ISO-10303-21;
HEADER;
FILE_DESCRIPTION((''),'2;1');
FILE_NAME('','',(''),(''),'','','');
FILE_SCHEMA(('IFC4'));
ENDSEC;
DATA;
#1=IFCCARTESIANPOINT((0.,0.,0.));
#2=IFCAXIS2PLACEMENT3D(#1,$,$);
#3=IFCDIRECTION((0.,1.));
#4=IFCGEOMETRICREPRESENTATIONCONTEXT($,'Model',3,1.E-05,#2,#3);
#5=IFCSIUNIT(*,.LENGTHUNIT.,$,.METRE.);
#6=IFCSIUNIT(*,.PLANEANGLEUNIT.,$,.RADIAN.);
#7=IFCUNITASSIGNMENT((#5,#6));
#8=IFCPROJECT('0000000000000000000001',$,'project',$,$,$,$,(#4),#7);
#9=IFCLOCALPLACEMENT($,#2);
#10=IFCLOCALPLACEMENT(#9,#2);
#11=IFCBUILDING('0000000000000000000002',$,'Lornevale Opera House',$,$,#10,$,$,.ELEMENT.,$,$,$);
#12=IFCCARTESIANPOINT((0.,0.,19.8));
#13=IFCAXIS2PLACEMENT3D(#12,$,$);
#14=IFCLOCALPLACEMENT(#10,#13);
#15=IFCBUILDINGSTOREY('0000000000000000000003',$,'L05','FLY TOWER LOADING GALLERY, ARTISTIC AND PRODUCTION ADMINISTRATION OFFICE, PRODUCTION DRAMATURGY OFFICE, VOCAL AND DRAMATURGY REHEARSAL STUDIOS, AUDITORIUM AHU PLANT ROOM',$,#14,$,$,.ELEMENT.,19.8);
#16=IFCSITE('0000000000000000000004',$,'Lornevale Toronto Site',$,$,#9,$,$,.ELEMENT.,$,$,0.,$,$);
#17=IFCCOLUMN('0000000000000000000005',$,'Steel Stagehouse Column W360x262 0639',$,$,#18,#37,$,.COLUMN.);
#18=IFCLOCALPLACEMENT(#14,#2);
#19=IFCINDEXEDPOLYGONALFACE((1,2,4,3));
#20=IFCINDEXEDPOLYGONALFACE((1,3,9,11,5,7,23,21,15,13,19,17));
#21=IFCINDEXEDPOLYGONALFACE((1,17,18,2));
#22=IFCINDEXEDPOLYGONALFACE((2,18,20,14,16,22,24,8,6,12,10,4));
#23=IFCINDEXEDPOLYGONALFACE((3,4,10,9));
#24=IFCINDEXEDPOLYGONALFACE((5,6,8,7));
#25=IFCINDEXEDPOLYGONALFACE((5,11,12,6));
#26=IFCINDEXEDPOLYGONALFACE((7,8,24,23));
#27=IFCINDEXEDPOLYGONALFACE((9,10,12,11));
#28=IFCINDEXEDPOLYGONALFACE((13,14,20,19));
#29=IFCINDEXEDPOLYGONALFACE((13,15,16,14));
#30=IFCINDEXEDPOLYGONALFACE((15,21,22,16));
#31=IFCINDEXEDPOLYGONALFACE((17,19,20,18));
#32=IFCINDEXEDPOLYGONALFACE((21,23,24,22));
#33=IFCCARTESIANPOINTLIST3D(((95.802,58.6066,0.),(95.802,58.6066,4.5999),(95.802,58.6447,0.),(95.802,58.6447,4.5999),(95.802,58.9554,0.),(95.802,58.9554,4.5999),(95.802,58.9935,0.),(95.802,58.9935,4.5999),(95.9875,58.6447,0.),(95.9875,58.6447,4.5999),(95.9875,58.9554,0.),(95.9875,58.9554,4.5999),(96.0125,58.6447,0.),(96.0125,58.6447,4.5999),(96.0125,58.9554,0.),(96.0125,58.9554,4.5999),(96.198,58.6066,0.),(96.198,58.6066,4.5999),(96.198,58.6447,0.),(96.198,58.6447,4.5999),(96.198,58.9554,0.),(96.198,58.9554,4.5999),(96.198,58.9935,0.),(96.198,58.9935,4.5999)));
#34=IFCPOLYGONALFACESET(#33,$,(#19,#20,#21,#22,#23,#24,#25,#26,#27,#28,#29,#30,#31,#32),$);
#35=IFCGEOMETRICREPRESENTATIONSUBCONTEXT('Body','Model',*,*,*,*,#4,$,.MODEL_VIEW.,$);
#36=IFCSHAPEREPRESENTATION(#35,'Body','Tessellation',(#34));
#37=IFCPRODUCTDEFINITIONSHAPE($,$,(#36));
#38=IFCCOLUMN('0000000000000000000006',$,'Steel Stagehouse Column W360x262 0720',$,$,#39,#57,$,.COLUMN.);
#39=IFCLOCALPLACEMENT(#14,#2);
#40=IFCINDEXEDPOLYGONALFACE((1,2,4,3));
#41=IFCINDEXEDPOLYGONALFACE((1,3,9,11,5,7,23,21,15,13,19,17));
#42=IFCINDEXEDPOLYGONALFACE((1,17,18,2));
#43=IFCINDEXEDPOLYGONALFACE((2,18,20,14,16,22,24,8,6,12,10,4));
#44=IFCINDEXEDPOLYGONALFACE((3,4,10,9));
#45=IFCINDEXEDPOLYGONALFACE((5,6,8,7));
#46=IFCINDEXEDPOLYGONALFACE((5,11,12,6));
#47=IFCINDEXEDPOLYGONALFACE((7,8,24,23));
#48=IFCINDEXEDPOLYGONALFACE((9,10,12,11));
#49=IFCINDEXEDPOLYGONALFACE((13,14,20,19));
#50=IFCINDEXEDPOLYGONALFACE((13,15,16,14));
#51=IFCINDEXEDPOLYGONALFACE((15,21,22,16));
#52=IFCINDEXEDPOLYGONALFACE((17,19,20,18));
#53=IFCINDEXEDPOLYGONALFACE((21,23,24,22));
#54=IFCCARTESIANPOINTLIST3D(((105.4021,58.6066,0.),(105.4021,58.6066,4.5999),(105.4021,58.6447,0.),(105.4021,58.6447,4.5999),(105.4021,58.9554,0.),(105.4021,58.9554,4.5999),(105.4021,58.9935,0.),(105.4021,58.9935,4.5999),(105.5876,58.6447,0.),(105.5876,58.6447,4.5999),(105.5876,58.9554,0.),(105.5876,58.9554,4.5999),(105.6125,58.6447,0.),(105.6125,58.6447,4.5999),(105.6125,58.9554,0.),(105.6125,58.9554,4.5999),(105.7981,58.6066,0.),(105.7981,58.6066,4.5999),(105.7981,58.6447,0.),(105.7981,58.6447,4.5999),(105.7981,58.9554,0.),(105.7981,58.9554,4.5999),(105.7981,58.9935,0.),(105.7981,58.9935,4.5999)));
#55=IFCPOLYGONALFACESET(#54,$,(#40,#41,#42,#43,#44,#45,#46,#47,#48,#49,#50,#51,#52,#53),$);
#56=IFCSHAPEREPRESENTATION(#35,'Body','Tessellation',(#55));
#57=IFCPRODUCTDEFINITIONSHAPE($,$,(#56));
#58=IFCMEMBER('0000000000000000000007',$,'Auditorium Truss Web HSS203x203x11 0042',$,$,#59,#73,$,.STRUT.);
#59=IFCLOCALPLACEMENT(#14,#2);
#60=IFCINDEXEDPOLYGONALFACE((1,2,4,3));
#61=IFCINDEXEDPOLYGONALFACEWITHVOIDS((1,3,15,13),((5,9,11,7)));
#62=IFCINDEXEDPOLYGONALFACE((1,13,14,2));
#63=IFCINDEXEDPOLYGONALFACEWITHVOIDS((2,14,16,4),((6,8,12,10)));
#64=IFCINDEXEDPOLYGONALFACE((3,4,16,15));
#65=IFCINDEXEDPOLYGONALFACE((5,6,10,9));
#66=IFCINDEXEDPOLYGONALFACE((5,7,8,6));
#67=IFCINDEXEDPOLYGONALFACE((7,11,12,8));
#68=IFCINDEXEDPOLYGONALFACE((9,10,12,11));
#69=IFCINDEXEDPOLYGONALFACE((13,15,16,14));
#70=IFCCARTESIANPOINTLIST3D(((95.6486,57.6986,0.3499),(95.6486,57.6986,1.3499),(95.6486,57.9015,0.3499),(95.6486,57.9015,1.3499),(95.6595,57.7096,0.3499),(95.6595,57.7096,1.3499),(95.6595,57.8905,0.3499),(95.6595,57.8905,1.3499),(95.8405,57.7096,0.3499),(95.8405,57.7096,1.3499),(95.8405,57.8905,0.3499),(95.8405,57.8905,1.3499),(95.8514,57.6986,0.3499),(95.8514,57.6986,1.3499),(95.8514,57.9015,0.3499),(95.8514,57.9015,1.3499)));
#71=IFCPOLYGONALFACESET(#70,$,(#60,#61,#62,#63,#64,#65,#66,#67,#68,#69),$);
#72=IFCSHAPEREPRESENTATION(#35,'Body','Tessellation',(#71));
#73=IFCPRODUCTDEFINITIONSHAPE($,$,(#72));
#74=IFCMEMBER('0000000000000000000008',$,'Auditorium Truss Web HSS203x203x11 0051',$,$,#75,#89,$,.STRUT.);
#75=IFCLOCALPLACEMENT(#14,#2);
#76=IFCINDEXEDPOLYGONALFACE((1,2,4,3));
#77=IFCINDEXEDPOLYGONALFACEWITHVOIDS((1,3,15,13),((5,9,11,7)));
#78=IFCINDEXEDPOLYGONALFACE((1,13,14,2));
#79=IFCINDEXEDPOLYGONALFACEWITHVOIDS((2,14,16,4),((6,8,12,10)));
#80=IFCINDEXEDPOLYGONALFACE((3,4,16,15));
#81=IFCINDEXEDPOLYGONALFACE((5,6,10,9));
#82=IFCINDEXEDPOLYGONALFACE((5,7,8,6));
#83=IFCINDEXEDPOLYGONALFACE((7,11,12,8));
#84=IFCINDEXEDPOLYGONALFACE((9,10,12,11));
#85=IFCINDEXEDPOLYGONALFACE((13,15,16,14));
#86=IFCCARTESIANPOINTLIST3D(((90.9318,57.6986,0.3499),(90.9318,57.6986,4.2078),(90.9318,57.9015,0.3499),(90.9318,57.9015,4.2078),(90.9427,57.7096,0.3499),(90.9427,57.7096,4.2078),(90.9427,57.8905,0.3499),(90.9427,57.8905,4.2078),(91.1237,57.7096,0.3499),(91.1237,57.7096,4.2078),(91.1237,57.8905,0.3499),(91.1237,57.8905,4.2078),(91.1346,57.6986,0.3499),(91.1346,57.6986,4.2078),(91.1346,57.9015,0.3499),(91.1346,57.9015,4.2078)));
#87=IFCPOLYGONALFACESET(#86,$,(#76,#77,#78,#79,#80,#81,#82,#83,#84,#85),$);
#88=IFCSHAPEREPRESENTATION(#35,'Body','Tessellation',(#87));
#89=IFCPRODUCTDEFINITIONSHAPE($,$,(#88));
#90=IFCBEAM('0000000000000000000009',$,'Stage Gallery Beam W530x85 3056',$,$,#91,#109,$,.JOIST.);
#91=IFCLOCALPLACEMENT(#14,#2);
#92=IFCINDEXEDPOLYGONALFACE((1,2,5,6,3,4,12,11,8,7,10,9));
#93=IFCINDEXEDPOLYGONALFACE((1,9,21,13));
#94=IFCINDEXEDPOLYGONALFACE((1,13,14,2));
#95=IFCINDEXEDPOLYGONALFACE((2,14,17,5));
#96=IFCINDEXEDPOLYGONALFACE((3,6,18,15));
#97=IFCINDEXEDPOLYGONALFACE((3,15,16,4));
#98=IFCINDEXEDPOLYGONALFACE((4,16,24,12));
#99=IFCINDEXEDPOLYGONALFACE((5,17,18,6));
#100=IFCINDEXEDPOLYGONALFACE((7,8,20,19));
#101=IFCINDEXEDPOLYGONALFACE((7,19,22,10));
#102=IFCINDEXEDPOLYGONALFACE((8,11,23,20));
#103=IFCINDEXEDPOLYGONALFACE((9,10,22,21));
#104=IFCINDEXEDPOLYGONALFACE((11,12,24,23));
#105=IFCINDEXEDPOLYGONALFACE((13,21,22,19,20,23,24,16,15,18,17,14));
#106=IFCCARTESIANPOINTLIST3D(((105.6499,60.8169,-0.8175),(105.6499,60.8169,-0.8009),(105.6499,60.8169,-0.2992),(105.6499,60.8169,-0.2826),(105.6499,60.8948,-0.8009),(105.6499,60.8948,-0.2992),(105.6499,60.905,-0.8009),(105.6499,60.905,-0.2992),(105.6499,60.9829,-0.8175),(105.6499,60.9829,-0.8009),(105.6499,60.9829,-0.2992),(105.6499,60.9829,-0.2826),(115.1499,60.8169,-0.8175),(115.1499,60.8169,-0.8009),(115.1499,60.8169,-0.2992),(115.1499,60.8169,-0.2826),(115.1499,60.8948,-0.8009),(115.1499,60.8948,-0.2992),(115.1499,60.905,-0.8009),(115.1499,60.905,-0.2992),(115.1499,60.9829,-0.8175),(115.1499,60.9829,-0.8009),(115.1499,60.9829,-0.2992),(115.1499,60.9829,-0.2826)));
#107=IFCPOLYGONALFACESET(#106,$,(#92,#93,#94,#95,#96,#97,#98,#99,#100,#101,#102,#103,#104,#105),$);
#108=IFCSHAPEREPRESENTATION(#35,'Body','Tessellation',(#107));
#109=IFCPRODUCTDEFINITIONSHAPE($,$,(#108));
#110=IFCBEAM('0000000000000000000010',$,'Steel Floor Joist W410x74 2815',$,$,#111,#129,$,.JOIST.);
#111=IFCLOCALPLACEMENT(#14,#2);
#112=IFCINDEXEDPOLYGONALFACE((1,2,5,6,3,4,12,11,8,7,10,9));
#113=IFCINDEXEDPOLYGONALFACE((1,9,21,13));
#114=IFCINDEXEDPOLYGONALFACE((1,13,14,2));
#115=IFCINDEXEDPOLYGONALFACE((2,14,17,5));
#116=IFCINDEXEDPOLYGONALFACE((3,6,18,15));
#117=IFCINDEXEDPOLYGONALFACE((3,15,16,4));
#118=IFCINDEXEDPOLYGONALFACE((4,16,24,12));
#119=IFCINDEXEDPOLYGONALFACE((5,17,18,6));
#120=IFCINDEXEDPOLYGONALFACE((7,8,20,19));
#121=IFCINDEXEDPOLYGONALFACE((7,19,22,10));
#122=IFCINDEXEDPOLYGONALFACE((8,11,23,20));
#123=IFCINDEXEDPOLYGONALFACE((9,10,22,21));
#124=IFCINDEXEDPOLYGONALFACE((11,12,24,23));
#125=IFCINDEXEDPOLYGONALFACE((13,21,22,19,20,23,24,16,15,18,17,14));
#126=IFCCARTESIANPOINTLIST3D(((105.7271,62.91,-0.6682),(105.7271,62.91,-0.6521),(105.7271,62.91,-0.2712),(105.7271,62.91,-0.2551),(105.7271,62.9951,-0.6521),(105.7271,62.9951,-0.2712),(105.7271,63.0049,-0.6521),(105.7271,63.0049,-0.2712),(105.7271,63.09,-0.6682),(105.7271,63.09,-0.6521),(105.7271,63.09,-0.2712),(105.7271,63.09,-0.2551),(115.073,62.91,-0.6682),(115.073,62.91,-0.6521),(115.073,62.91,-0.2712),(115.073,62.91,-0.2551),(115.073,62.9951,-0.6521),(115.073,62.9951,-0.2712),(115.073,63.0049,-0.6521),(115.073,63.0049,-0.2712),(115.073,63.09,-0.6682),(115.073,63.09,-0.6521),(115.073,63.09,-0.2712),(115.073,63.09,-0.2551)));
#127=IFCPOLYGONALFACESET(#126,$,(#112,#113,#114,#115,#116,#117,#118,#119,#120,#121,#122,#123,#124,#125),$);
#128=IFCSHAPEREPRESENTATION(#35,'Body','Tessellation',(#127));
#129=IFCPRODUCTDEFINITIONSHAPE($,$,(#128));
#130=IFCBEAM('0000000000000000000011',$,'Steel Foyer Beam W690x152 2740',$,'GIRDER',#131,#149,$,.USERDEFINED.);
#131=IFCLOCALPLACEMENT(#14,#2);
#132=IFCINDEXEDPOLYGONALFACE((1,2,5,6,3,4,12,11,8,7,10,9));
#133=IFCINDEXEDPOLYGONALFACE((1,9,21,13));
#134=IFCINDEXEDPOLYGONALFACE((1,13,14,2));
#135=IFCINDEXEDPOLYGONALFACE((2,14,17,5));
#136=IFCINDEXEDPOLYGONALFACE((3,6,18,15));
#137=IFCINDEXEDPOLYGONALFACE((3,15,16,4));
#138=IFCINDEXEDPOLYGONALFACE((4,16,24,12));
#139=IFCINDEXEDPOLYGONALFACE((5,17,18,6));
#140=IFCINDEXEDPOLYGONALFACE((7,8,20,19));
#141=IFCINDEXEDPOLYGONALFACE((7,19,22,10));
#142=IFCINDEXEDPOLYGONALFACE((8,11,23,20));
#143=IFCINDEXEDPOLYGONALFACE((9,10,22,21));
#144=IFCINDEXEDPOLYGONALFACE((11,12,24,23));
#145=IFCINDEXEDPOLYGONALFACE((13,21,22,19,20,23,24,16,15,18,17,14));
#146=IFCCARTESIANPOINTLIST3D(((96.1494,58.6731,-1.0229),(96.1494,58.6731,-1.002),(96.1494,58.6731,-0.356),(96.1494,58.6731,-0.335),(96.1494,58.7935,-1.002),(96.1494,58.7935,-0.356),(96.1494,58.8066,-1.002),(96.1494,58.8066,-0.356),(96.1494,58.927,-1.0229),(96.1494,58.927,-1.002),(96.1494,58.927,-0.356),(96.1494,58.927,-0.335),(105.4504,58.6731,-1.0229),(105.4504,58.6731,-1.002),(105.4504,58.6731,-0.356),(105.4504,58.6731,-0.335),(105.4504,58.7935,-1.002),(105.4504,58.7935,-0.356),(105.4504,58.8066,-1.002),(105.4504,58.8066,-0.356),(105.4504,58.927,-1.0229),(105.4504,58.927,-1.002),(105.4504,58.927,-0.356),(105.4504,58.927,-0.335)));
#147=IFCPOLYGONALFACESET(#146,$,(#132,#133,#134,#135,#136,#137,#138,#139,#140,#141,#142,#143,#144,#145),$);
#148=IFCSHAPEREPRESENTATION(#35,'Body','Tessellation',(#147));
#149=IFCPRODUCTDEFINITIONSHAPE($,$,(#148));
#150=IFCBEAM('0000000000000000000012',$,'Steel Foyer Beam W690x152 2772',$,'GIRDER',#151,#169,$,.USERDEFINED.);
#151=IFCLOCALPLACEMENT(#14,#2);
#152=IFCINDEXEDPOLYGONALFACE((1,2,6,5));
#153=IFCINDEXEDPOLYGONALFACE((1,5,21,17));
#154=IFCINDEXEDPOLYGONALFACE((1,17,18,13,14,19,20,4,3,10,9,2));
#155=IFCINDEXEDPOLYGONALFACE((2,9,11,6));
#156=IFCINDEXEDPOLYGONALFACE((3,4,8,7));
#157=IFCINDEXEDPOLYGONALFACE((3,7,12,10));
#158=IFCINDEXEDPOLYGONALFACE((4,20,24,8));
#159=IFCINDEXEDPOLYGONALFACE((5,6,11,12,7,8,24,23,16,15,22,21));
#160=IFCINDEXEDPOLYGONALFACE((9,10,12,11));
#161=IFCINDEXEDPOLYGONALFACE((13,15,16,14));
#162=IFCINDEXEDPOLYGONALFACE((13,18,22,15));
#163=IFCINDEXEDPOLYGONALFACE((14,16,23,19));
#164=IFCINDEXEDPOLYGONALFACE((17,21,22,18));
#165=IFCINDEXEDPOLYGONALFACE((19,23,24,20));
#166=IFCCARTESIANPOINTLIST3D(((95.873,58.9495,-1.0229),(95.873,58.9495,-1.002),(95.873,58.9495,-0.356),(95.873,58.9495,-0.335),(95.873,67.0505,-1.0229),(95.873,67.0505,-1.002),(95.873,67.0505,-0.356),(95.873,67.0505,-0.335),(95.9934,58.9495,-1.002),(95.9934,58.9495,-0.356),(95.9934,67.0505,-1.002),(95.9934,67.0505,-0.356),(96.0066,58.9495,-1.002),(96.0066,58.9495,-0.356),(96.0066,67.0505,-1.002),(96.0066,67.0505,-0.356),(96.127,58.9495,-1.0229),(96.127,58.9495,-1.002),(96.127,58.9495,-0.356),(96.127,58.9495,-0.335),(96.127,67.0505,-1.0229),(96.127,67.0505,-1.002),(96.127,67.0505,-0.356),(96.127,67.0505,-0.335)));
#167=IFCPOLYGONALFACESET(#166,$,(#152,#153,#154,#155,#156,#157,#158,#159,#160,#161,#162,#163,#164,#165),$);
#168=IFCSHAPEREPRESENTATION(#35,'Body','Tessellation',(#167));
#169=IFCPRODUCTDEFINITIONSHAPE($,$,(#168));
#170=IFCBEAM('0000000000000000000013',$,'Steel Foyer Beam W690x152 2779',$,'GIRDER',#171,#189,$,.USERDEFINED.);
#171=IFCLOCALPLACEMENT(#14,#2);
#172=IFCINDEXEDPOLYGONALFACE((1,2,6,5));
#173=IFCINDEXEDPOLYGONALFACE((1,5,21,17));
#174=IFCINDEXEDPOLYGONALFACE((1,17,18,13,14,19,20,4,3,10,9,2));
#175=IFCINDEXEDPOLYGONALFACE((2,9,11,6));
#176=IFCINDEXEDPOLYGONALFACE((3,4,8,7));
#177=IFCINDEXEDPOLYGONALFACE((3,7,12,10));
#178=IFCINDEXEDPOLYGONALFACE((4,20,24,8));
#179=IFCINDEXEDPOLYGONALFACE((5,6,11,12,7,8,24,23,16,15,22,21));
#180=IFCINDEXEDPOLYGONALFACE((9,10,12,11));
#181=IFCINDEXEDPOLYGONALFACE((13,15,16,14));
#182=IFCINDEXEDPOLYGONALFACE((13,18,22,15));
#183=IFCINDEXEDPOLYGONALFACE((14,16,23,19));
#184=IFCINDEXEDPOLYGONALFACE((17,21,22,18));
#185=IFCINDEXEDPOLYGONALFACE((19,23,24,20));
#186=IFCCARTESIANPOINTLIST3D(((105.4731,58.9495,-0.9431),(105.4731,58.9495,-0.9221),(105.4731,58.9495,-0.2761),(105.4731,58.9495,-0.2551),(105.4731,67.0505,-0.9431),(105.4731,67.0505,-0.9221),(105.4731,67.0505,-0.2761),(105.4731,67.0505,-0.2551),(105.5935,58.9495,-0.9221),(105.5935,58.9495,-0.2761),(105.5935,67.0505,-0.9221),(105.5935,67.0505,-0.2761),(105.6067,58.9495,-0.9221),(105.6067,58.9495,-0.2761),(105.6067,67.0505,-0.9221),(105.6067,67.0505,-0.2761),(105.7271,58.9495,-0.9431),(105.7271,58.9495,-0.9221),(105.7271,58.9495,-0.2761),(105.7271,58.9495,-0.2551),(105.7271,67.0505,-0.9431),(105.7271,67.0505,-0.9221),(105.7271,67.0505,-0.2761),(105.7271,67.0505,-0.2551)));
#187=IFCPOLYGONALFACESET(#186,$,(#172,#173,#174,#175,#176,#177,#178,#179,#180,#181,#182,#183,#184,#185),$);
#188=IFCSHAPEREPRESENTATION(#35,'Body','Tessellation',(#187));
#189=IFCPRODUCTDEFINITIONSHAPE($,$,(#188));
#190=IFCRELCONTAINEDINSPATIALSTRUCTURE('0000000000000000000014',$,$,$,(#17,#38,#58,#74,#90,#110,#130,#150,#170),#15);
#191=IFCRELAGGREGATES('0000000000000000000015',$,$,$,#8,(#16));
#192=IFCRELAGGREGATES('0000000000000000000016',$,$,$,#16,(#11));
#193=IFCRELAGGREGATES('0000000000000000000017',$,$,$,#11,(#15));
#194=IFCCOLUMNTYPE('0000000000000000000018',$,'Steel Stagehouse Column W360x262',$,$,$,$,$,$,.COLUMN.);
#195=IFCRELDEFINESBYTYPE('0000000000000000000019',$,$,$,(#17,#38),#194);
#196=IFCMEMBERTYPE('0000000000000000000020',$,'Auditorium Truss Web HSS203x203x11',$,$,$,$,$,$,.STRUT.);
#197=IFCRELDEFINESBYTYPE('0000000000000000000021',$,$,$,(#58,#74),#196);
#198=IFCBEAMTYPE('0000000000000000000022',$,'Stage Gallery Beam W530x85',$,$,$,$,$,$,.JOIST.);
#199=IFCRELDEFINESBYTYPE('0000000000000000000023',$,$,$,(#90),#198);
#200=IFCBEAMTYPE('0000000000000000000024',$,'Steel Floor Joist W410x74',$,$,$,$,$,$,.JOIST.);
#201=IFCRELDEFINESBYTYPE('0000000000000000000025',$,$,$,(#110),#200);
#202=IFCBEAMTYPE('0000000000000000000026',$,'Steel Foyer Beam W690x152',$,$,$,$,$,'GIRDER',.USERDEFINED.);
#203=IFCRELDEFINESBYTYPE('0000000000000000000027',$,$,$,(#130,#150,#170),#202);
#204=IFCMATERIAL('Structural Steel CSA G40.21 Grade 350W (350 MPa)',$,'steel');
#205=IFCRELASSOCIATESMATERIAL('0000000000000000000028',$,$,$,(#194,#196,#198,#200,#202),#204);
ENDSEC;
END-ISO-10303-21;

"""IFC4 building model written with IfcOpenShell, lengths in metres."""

from ifc_helpers import new_model, si_unit, direction, frame, origin, origin_2d, place, context, subcontext, project, spatial, hollow_rectangle, i_section, extrude, material, material_profile, profile_set, type_object, element, save


model = new_model("IFC4")

# Units and contexts
model_context = context("Model", 3, precision=1e-05, world=origin(), true_north=direction((0.0, 1.0)))
body_context = subcontext(model_context, "Body", "Model", "MODEL_VIEW")
ifc_project = project(units=[si_unit("LENGTHUNIT", "METRE"), si_unit("PLANEANGLEUNIT", "RADIAN")], contexts=[model_context])

# Site, building, storey
site_placement = place(None, origin())
site = spatial("IfcSite", under=ifc_project, at=site_placement, Name="Lornevale Toronto Site", CompositionType="ELEMENT", RefElevation=0.0)
building_placement = place(site_placement, origin())
building = spatial("IfcBuilding", under=site, at=building_placement, Name="Lornevale Opera House", CompositionType="ELEMENT")
storey_placement = place(building_placement, frame((0.0, 0.0, 19.8)))
storey = spatial("IfcBuildingStorey", under=building, at=storey_placement, Name="L05", Description="FLY TOWER LOADING GALLERY, ARTISTIC AND PRODUCTION ADMINISTRATION OFFICE, PRODUCTION DRAMATURGY OFFICE, VOCAL AND DRAMATURGY REHEARSAL STUDIOS, AUDITORIUM AHU PLANT ROOM", CompositionType="ELEMENT", Elevation=19.8)

# Columns
ifc_material_1 = material(Name="Structural Steel CSA G40.21 Grade 350W (350 MPa)", Category="steel")
ifc_material_profile_1 = material_profile(ifc_material_1, i_section(OverallWidth=0.396, OverallDepth=0.387, WebThickness=0.0249, FlangeThickness=0.0381, at=origin_2d()), Name="W360x262")
ifc_profile_set_1 = profile_set([ifc_material_profile_1], Name="Structural Steel CSA G40.21 Grade 350W (350 MPa)")
column_type = type_object("IfcColumnType", Name="Steel Stagehouse Column W360x262", PredefinedType="COLUMN", material=ifc_profile_set_1)
for number, where, z_axis, x_axis, name in (
    (1, (96.0, 58.8, 0.0), (0.0, 0.0, 1.0), (1.0, 0.0, 0.0), "Steel Stagehouse Column W360x262 0639"),
    (2, (105.6001, 58.8, 0.0), (0.0, 0.0, 1.0), (1.0, 0.0, 0.0), "Steel Stagehouse Column W360x262 0720"),
):
    element("IfcColumn", number, at=place(storey_placement, frame(where, z_axis=z_axis, x_axis=x_axis)), inside=storey, type_object=column_type, Name=name, PredefinedType="COLUMN", context=body_context, shape_type="SweptSolid", body=[
        extrude(i_section(OverallWidth=0.396, OverallDepth=0.387, WebThickness=0.0249, FlangeThickness=0.0381, at=origin_2d()), origin(), (0.0, 0.0, 1.0), 4.5999),
    ])

# Members
ifc_material_profile_2 = material_profile(ifc_material_1, hollow_rectangle(XDim=0.2029, YDim=0.2029, WallThickness=0.011, at=origin_2d()), Name="HSS203x203x11")
ifc_profile_set_2 = profile_set([ifc_material_profile_2], Name="Structural Steel CSA G40.21 Grade 350W (350 MPa)")
member_type = type_object("IfcMemberType", Name="Auditorium Truss Web HSS203x203x11", PredefinedType="STRUT", material=ifc_profile_set_2)
member_1_placement = place(storey_placement, frame((95.75, 57.8, 0.3499), z_axis=(0.0, 0.0, 1.0), x_axis=(1.0, 0.0, 0.0)))
element("IfcMember", 3, at=member_1_placement, inside=storey, type_object=member_type, Name="Auditorium Truss Web HSS203x203x11 0042", PredefinedType="STRUT", context=body_context, shape_type="SweptSolid", body=[
    extrude(hollow_rectangle(XDim=0.2029, YDim=0.2029, WallThickness=0.011, at=origin_2d()), origin(), (0.0, 0.0, 1.0), 1.0),
])
member_2_placement = place(storey_placement, frame((91.0332, 57.8, 0.3499), z_axis=(0.0, 0.0, 1.0), x_axis=(1.0, 0.0, 0.0)))
element("IfcMember", 4, at=member_2_placement, inside=storey, type_object=member_type, Name="Auditorium Truss Web HSS203x203x11 0051", PredefinedType="STRUT", context=body_context, shape_type="SweptSolid", body=[
    extrude(hollow_rectangle(XDim=0.2029, YDim=0.2029, WallThickness=0.011, at=origin_2d()), origin(), (0.0, 0.0, 1.0), 3.8579),
])

# Beams
ifc_material_profile_3 = material_profile(ifc_material_1, i_section(OverallWidth=0.166, OverallDepth=0.5349, WebThickness=0.0103, FlangeThickness=0.0166, at=origin_2d()), Name="W530x85")
ifc_profile_set_3 = profile_set([ifc_material_profile_3], Name="Structural Steel CSA G40.21 Grade 350W (350 MPa)")
beam_type_1 = type_object("IfcBeamType", Name="Stage Gallery Beam W530x85", PredefinedType="JOIST", material=ifc_profile_set_3)
beam_1_placement = place(storey_placement, frame((105.6499, 60.8999, -0.55), z_axis=(1.0, 0.0, 0.0), x_axis=(0.0, 1.0, 0.0)))
element("IfcBeam", 5, at=beam_1_placement, inside=storey, type_object=beam_type_1, Name="Stage Gallery Beam W530x85 3056", PredefinedType="JOIST", context=body_context, shape_type="SweptSolid", body=[
    extrude(i_section(OverallWidth=0.166, OverallDepth=0.5349, WebThickness=0.0103, FlangeThickness=0.0166, at=origin_2d()), origin(), (0.0, 0.0, 1.0), 9.5),
])
ifc_material_profile_4 = material_profile(ifc_material_1, i_section(OverallWidth=0.1799, OverallDepth=0.4131, WebThickness=0.0098, FlangeThickness=0.0161, at=origin_2d()), Name="W410x74")
ifc_profile_set_4 = profile_set([ifc_material_profile_4], Name="Structural Steel CSA G40.21 Grade 350W (350 MPa)")
beam_type_2 = type_object("IfcBeamType", Name="Steel Floor Joist W410x74", PredefinedType="JOIST", material=ifc_profile_set_4)
beam_2_placement = place(storey_placement, frame((105.7271, 63.0, -0.4617), z_axis=(1.0, 0.0, 0.0), x_axis=(0.0, 1.0, 0.0)))
element("IfcBeam", 6, at=beam_2_placement, inside=storey, type_object=beam_type_2, Name="Steel Floor Joist W410x74 2815", PredefinedType="JOIST", context=body_context, shape_type="SweptSolid", body=[
    extrude(i_section(OverallWidth=0.1799, OverallDepth=0.4131, WebThickness=0.0098, FlangeThickness=0.0161, at=origin_2d()), origin(), (0.0, 0.0, 1.0), 9.3459),
])
ifc_material_profile_5 = material_profile(ifc_material_1, i_section(OverallWidth=0.2539, OverallDepth=0.688, WebThickness=0.0132, FlangeThickness=0.021, at=origin_2d()), Name="W690x152")
ifc_profile_set_5 = profile_set([ifc_material_profile_5], Name="Structural Steel CSA G40.21 Grade 350W (350 MPa)")
beam_type_3 = type_object("IfcBeamType", Name="Steel Foyer Beam W690x152", ElementType="GIRDER", PredefinedType="USERDEFINED", material=ifc_profile_set_5)
beam_3_placement = place(storey_placement, frame((96.1494, 58.8, -0.679), z_axis=(1.0, 0.0, 0.0), x_axis=(0.0, 1.0, 0.0)))
element("IfcBeam", 7, at=beam_3_placement, inside=storey, type_object=beam_type_3, Name="Steel Foyer Beam W690x152 2740", ObjectType="GIRDER", PredefinedType="USERDEFINED", context=body_context, shape_type="SweptSolid", body=[
    extrude(i_section(OverallWidth=0.2539, OverallDepth=0.688, WebThickness=0.0132, FlangeThickness=0.021, at=origin_2d()), origin(), (0.0, 0.0, 1.0), 9.301),
])
for number, where, z_axis, x_axis, name in (
    (8, (96.0, 58.9495, -0.679), (0.0, 1.0, 0.0), (-1.0, 0.0, 0.0), "Steel Foyer Beam W690x152 2772"),
    (9, (105.6001, 58.9495, -0.5991), (0.0, 1.0, 0.0), (-1.0, 0.0, 0.0), "Steel Foyer Beam W690x152 2779"),
):
    element("IfcBeam", number, at=place(storey_placement, frame(where, z_axis=z_axis, x_axis=x_axis)), inside=storey, type_object=beam_type_3, Name=name, ObjectType="GIRDER", PredefinedType="USERDEFINED", context=body_context, shape_type="SweptSolid", body=[
        extrude(i_section(OverallWidth=0.2539, OverallDepth=0.688, WebThickness=0.0132, FlangeThickness=0.021, at=origin_2d()), origin(), (0.0, 0.0, 1.0), 8.1011),
    ])

save(model, "model.ifc")
